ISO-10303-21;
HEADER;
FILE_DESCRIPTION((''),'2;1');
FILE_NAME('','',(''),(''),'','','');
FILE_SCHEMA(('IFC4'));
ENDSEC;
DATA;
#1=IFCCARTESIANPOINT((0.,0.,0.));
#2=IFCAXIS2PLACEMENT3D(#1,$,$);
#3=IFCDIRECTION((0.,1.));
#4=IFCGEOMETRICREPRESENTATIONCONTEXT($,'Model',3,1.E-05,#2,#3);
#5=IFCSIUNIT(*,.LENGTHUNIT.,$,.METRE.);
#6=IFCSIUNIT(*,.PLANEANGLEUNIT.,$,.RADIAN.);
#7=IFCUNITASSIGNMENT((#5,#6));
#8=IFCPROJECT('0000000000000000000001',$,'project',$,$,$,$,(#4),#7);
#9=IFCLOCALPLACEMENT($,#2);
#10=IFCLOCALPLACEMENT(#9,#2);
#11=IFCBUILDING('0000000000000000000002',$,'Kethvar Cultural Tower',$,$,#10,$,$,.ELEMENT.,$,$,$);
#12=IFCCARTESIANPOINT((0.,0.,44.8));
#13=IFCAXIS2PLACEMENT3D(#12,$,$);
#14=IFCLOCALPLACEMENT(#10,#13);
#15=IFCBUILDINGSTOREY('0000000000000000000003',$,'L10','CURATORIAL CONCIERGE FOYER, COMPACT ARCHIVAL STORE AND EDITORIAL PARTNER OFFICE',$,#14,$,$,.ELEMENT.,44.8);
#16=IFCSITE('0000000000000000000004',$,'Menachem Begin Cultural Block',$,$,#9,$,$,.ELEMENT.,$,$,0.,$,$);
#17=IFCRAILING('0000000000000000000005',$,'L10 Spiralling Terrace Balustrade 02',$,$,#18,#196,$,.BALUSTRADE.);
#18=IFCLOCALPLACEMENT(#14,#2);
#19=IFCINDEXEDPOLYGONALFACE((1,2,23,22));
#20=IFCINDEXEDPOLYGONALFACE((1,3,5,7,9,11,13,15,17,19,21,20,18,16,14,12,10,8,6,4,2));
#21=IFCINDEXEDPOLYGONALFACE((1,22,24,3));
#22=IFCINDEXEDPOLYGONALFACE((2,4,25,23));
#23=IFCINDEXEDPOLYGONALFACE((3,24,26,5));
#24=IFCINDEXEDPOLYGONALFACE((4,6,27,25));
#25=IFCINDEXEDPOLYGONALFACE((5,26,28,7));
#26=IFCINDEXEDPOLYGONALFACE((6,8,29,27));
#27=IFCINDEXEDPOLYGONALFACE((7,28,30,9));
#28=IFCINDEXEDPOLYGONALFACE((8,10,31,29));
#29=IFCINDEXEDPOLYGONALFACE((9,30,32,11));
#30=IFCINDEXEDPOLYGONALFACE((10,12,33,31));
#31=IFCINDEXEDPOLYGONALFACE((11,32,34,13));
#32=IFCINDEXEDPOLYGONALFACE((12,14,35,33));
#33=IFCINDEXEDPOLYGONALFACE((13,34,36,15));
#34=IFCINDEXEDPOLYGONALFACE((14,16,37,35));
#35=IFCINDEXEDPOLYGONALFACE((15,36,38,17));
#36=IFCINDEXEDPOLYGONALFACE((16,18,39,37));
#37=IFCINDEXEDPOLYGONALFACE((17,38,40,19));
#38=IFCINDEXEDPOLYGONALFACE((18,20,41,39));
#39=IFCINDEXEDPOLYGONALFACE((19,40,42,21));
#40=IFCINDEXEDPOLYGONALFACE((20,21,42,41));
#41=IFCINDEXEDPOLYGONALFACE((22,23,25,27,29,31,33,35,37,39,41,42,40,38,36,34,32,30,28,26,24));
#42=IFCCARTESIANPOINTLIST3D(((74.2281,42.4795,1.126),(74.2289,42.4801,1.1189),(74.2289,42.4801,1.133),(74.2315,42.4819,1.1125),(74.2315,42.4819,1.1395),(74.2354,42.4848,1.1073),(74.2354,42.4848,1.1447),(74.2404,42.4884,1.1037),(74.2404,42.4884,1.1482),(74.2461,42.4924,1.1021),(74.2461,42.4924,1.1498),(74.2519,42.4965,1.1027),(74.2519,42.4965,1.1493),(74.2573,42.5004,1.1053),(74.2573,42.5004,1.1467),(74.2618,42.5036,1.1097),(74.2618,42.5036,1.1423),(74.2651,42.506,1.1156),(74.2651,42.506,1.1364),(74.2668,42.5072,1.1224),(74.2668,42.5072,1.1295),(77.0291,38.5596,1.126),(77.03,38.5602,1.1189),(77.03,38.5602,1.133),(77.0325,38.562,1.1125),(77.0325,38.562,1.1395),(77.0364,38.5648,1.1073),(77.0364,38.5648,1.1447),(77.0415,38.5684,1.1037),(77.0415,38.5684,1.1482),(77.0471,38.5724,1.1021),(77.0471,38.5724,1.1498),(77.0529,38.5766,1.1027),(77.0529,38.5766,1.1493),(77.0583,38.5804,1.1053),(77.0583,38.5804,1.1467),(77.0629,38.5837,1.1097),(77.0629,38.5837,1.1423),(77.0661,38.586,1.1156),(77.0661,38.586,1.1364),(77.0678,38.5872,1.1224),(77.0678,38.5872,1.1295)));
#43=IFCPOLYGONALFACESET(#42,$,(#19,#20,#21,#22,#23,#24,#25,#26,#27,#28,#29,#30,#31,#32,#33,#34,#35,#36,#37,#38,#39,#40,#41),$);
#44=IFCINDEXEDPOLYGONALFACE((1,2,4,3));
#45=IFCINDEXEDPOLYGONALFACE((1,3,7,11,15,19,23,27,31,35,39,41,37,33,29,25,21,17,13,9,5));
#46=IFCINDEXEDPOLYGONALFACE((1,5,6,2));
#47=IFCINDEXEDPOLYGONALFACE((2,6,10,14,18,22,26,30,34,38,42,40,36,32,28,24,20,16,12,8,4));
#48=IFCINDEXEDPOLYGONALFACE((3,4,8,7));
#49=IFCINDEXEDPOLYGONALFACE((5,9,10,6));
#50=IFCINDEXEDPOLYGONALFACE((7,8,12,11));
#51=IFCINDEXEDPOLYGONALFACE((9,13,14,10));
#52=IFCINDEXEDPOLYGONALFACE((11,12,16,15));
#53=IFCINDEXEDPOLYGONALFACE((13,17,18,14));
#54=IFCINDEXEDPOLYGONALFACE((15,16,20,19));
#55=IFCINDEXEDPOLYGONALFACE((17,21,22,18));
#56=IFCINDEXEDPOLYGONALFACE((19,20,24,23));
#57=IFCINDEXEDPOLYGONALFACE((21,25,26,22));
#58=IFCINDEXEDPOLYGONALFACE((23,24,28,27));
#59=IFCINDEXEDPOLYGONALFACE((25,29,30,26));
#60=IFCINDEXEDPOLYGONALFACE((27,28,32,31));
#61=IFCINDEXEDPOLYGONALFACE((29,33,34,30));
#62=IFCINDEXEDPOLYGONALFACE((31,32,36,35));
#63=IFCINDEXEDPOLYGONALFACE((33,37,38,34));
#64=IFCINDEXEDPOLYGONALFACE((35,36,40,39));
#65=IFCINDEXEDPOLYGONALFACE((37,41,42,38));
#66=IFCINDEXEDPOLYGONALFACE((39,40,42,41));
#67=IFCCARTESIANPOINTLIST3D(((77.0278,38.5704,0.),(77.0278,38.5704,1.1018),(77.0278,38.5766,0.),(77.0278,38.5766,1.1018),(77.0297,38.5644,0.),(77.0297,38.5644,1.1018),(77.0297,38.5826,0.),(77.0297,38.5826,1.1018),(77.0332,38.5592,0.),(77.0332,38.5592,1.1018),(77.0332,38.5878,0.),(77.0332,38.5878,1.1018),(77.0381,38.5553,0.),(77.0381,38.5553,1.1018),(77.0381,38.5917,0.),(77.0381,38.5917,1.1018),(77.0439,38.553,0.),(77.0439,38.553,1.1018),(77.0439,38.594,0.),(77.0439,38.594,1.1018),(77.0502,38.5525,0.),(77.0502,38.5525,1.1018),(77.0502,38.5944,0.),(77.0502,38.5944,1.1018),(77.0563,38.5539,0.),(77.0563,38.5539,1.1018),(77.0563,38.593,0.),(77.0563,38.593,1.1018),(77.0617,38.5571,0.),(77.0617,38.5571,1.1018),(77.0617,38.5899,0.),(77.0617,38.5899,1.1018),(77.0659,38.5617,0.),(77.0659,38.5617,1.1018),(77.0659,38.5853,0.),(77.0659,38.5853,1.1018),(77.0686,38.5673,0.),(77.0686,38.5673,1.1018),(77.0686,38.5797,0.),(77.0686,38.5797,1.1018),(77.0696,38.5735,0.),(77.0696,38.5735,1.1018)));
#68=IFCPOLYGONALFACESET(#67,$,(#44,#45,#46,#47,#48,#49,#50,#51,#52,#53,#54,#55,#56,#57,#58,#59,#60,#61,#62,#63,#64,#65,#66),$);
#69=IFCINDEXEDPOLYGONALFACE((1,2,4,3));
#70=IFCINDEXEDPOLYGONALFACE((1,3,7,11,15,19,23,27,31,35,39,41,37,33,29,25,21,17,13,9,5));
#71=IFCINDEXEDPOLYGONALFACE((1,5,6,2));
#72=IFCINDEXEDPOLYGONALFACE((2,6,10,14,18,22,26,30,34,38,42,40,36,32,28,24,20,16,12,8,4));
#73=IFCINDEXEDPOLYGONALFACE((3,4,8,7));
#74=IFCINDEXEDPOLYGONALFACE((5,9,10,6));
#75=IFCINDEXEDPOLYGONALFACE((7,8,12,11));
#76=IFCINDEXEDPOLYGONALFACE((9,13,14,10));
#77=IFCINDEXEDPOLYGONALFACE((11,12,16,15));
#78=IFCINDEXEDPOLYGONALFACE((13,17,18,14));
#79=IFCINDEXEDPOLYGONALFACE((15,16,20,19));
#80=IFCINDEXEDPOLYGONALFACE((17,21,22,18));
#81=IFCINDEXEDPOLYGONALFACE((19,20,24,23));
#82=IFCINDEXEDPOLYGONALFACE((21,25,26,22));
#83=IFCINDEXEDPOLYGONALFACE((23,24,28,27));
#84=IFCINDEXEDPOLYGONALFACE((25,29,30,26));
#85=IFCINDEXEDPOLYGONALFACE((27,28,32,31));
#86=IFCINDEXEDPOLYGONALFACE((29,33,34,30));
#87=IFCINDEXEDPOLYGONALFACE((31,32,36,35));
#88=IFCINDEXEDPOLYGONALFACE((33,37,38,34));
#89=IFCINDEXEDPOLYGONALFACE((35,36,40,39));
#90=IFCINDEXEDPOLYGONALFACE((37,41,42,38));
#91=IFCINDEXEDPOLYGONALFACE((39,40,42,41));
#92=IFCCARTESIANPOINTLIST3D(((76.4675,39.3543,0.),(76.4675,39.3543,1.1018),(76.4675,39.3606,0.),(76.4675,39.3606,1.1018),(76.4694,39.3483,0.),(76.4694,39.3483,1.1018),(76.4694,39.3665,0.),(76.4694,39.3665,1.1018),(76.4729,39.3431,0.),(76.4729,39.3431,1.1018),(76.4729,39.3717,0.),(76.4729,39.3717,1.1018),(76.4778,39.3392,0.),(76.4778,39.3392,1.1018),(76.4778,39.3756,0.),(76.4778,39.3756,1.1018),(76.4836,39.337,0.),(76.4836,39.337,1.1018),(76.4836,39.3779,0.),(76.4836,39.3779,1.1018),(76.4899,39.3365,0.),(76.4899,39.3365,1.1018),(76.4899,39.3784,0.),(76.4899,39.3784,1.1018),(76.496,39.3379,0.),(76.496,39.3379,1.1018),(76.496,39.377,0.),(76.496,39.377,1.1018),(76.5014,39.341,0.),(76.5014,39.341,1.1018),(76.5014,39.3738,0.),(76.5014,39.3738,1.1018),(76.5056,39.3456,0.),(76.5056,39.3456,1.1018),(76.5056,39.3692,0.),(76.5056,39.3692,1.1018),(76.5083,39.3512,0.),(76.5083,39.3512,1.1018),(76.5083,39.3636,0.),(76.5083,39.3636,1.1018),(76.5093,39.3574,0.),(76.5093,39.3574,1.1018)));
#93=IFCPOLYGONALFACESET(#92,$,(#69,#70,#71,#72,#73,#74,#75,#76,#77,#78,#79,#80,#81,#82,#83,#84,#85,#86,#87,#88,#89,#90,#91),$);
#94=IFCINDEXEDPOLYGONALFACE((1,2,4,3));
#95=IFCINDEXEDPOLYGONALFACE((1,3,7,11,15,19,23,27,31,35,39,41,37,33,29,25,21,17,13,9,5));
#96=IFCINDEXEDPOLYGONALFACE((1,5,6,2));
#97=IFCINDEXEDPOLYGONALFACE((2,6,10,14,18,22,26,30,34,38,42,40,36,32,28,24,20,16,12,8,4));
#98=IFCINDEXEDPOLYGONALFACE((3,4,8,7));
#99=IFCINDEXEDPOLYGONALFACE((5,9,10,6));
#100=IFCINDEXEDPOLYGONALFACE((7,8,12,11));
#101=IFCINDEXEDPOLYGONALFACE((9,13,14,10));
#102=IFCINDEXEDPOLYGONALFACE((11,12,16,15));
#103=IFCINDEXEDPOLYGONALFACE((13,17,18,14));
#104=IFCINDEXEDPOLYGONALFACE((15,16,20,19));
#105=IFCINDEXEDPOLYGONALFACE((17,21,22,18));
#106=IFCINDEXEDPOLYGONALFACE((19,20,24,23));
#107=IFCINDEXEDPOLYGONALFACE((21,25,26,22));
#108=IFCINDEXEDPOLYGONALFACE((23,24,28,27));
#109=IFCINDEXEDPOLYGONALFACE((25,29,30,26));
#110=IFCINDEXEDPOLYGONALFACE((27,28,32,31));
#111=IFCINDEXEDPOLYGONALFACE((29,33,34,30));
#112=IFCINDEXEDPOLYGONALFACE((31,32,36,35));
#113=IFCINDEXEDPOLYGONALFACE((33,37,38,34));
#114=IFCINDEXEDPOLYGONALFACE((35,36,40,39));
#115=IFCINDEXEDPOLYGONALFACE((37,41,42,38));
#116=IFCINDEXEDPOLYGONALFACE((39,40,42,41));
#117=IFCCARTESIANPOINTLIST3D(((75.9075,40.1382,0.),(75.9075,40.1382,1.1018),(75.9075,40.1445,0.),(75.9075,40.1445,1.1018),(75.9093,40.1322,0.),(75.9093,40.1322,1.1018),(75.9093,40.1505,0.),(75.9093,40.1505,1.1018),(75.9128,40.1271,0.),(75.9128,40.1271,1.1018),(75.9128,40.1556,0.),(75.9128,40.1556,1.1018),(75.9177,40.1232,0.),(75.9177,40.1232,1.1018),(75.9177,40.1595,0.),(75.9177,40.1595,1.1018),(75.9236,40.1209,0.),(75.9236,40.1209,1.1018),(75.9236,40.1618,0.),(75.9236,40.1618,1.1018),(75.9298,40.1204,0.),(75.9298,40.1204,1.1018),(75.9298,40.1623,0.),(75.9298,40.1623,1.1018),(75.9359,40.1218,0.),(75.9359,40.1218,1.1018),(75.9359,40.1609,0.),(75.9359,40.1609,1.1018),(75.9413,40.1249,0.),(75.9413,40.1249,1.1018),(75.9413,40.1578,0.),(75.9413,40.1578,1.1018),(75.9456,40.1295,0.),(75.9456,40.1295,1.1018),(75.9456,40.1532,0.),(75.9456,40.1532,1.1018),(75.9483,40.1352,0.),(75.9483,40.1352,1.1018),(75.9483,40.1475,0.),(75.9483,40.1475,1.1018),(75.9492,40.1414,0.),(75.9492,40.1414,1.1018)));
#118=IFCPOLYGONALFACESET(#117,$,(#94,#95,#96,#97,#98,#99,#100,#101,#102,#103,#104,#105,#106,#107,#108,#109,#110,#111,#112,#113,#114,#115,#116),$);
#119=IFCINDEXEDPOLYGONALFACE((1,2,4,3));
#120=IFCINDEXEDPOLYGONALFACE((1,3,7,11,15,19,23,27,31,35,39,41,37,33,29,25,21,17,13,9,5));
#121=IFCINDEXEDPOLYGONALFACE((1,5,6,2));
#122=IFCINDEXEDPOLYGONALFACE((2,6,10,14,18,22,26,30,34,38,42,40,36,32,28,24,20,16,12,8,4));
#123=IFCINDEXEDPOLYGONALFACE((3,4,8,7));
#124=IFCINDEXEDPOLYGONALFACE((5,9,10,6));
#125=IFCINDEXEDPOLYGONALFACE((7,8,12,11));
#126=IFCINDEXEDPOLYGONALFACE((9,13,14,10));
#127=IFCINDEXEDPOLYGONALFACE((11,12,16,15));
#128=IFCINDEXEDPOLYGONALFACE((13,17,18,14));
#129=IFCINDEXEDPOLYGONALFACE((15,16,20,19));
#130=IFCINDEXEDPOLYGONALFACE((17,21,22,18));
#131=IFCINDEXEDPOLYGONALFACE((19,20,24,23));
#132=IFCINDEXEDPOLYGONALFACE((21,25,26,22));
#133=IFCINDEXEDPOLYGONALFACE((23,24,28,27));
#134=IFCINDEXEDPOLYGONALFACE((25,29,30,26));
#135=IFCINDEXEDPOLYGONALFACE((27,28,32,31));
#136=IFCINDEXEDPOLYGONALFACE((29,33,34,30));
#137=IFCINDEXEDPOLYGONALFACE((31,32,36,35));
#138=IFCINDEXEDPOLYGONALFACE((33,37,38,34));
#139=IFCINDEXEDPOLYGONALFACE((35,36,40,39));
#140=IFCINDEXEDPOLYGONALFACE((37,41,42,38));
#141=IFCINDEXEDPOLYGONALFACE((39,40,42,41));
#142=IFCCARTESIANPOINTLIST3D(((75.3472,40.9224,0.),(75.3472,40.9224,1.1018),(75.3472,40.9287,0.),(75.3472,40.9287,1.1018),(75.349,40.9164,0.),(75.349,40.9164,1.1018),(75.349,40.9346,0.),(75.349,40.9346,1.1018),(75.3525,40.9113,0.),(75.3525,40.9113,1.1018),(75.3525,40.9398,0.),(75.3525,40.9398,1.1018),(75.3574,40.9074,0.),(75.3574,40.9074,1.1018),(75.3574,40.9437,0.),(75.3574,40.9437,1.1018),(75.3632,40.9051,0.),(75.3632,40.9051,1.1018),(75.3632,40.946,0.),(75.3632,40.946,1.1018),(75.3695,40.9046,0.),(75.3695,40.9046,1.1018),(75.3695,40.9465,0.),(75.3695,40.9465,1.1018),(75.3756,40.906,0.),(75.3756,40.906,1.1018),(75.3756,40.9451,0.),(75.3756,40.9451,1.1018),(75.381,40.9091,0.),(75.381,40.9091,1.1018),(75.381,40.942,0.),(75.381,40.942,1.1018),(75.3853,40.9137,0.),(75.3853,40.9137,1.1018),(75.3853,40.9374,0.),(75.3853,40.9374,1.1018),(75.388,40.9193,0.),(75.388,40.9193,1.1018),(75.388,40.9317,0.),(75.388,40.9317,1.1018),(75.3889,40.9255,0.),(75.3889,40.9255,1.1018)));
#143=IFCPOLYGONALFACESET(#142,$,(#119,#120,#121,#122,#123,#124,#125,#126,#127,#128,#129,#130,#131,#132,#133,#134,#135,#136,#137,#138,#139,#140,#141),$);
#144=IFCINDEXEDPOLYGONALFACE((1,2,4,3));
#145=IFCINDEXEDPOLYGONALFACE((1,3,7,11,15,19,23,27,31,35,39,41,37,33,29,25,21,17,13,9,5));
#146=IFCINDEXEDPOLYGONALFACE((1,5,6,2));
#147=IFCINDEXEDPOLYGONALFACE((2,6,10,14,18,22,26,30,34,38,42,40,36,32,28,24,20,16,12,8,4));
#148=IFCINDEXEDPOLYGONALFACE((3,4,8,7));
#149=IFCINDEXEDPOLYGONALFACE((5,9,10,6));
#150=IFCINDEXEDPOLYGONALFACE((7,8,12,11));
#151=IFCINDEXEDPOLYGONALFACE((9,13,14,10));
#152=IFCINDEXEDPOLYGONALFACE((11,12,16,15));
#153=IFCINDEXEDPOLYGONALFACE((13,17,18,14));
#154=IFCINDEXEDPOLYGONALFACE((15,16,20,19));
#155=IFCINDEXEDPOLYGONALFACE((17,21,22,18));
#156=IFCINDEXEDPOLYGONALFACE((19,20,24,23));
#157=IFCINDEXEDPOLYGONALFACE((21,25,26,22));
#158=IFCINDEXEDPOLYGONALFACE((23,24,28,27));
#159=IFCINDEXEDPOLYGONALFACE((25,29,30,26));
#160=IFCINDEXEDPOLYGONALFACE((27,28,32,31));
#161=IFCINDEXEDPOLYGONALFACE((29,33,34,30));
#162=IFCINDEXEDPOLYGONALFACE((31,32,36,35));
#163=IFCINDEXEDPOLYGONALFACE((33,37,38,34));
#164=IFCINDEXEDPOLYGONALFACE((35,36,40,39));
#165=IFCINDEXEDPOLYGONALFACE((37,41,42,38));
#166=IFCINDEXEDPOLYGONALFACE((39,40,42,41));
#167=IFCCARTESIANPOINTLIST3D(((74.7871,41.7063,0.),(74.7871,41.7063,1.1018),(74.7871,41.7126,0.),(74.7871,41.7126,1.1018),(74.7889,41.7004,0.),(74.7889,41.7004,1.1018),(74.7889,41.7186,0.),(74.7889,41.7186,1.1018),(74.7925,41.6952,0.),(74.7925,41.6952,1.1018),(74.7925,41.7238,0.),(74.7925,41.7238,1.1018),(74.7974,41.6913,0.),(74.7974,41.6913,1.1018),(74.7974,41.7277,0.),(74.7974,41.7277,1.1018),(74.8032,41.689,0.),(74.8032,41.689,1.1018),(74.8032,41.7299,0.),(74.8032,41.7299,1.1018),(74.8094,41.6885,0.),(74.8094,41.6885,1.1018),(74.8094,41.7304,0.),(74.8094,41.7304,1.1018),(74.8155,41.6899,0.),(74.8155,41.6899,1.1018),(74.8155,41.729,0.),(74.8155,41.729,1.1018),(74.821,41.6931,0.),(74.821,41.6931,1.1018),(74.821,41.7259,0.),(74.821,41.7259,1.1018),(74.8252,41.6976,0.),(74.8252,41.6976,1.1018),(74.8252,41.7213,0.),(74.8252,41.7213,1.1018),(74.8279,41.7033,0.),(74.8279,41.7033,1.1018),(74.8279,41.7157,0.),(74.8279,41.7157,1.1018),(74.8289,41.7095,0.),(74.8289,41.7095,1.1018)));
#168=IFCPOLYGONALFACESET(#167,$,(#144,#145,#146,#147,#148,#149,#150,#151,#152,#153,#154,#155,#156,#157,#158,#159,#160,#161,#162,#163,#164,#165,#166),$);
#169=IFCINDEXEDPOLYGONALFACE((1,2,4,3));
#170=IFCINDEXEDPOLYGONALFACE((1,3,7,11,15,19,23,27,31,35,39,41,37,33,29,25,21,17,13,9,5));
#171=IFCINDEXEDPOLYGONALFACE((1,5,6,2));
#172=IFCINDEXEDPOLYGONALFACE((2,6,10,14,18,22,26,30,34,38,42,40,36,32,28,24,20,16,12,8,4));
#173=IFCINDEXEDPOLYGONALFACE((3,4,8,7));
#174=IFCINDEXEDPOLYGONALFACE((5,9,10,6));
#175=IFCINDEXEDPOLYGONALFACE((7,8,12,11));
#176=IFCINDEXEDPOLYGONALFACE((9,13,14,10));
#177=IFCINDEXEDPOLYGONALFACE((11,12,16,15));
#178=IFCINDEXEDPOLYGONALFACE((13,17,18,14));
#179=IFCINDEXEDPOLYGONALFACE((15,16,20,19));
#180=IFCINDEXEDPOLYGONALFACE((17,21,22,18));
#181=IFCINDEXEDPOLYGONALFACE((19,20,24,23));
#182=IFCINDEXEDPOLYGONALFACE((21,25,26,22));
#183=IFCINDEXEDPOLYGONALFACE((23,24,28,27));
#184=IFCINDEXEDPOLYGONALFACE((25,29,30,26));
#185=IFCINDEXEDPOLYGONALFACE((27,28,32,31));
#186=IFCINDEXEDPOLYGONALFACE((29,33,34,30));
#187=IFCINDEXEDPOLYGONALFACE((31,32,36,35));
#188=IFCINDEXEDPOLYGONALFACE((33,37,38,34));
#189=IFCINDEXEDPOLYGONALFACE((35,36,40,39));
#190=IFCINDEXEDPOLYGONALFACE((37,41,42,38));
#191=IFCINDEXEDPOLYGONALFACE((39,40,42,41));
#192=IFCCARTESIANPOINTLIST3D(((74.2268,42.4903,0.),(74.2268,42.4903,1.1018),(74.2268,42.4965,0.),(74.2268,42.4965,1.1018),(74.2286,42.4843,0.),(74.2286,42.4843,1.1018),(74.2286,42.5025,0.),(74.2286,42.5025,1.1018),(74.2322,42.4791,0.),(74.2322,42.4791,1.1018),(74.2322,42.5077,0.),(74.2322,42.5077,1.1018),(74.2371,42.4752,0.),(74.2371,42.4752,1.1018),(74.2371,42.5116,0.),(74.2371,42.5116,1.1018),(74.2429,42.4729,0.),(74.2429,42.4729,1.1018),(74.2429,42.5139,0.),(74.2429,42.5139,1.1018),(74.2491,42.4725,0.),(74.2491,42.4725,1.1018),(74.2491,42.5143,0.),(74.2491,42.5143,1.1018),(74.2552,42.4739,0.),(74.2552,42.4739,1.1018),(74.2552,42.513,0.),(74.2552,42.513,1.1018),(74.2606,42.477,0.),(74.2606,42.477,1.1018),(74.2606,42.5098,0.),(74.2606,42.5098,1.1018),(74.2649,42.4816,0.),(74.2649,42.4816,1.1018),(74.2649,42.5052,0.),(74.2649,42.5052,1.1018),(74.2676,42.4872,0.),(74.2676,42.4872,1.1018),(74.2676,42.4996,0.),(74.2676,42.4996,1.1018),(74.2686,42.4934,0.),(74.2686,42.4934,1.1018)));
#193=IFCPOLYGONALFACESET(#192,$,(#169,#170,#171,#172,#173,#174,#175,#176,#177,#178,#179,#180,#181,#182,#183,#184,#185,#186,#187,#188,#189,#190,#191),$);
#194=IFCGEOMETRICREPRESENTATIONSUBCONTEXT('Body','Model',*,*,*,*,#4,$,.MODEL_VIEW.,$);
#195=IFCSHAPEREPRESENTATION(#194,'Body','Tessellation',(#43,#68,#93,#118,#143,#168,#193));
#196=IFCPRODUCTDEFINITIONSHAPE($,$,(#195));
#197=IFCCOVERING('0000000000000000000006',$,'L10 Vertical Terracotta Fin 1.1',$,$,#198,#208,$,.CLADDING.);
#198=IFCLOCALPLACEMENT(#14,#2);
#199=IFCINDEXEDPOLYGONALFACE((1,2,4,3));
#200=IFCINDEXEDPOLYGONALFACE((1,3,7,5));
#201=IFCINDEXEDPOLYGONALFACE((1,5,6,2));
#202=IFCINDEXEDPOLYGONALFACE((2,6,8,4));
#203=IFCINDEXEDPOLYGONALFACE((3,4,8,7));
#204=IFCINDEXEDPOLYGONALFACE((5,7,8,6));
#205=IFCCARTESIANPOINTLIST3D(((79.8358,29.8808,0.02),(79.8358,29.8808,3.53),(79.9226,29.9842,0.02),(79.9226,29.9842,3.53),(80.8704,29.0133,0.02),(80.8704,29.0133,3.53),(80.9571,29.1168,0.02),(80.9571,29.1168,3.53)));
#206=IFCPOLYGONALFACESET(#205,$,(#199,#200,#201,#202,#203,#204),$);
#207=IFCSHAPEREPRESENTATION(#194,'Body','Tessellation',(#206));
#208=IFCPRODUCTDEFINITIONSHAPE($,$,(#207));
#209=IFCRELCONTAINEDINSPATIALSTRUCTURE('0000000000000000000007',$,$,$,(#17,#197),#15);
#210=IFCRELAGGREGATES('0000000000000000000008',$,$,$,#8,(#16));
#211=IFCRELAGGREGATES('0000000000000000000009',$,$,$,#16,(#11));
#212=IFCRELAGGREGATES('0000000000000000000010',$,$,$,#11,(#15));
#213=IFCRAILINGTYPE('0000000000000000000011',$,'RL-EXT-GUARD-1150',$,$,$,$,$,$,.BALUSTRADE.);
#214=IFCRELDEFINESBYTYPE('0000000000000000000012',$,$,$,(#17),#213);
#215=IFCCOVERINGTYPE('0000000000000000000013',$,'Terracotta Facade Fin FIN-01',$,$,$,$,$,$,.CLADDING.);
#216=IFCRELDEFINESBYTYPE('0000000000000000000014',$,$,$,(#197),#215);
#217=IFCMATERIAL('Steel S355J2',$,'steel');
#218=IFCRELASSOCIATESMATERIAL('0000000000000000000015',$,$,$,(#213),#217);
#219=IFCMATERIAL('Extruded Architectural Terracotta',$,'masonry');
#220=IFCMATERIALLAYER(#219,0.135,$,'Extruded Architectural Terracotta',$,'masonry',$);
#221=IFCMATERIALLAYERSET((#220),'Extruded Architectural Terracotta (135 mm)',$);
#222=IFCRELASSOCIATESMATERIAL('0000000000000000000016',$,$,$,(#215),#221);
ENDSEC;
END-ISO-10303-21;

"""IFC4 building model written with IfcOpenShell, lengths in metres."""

from ifc_helpers import new_model, si_unit, direction, frame, origin, origin_2d, place, context, subcontext, project, spatial, rectangle, circle, extrude, source, transform, mapped, material, layer, layer_set, type_object, element, save


model = new_model("IFC4")

# Units and contexts
model_context = context("Model", 3, precision=1e-05, world=origin(), true_north=direction((0.0, 1.0)))
body_context = subcontext(model_context, "Body", "Model", "MODEL_VIEW")
ifc_project = project(units=[si_unit("LENGTHUNIT", "METRE"), si_unit("PLANEANGLEUNIT", "RADIAN")], contexts=[model_context])

# Site, building, storey
site_placement = place(None, origin())
site = spatial("IfcSite", under=ifc_project, at=site_placement, Name="Menachem Begin Cultural Block", CompositionType="ELEMENT", RefElevation=0.0)
building_placement = place(site_placement, origin())
building = spatial("IfcBuilding", under=site, at=building_placement, Name="Kethvar Cultural Tower", CompositionType="ELEMENT")
storey_placement = place(building_placement, frame((0.0, 0.0, 44.8)))
storey = spatial("IfcBuildingStorey", under=building, at=storey_placement, Name="L10", Description="CURATORIAL CONCIERGE FOYER, COMPACT ARCHIVAL STORE AND EDITORIAL PARTNER OFFICE", CompositionType="ELEMENT", Elevation=44.8)

# Shared definitions
ifc_material_1 = material(Name="Steel S355J2", Category="steel")

# Railing
railing_type = type_object("IfcRailingType", Name="RL-EXT-GUARD-1150", PredefinedType="BALUSTRADE", material=ifc_material_1)
railing_1_placement = place(storey_placement, frame((77.0486, 38.5735, 0.0)))
element("IfcRailing", 1, at=railing_1_placement, inside=storey, type_object=railing_type, Name="L10 Spiralling Terrace Balustrade 02", PredefinedType="BALUSTRADE", context=body_context, shape_type="SweptSolid", body=[
    extrude(circle(Radius=0.0239, at=origin_2d()), frame((0.0, 0.0, 1.126), z_axis=(-0.581387, 0.813627, 0.0), x_axis=(-0.813627, -0.581387, 0.0)), (0.0, 0.0, 1.0), 4.8179),
    extrude(circle(Radius=0.021, at=origin_2d()), origin(), (0.0, 0.0, 1.0), 1.1018),
    extrude(circle(Radius=0.021, at=origin_2d()), frame((-0.5603, 0.7839, 0.0)), (0.0, 0.0, 1.0), 1.1018),
    extrude(circle(Radius=0.021, at=origin_2d()), frame((-1.1204, 1.5679, 0.0)), (0.0, 0.0, 1.0), 1.1018),
    extrude(circle(Radius=0.021, at=origin_2d()), frame((-1.6807, 2.3521, 0.0)), (0.0, 0.0, 1.0), 1.1018),
    extrude(circle(Radius=0.021, at=origin_2d()), frame((-2.2407, 3.136, 0.0)), (0.0, 0.0, 1.0), 1.1018),
    extrude(circle(Radius=0.021, at=origin_2d()), frame((-2.801, 3.9199, 0.0)), (0.0, 0.0, 1.0), 1.1018),
])

# Covering
ifc_material_2 = material(Name="Extruded Architectural Terracotta", Category="masonry")
ifc_layer_1 = layer(ifc_material_2, 0.135, Name="Extruded Architectural Terracotta", Category="masonry")
ifc_layer_set_1 = layer_set([ifc_layer_1], Name="Extruded Architectural Terracotta (135 mm)")
covering_type = type_object("IfcCoveringType", Name="Terracotta Facade Fin FIN-01", PredefinedType="CLADDING", material=ifc_layer_set_1)
shared_shape_1 = source(origin(), body_context, "Body", "SweptSolid", [
    extrude(rectangle(XDim=1.3501, YDim=0.135, at=origin_2d()), origin(), (0.0, 0.0, 1.0), 3.51),
])
for number, where, z_axis, x_axis, name in (
    (2, (80.3965, 29.4988, 0.02), (0.0, 0.0, 1.0), (0.766269, -0.64252, 0.0), "L10 Vertical Terracotta Fin 1.1"),
):
    element("IfcCovering", number, at=place(storey_placement, frame(where, z_axis=z_axis, x_axis=x_axis)), inside=storey, type_object=covering_type, Name=name, PredefinedType="CLADDING", context=body_context, shape_type="MappedRepresentation", body=[
        mapped(shared_shape_1, transform((0.0, 0.0, 0.0), scale=1.0)),
    ])

save(model, "model.ifc")
